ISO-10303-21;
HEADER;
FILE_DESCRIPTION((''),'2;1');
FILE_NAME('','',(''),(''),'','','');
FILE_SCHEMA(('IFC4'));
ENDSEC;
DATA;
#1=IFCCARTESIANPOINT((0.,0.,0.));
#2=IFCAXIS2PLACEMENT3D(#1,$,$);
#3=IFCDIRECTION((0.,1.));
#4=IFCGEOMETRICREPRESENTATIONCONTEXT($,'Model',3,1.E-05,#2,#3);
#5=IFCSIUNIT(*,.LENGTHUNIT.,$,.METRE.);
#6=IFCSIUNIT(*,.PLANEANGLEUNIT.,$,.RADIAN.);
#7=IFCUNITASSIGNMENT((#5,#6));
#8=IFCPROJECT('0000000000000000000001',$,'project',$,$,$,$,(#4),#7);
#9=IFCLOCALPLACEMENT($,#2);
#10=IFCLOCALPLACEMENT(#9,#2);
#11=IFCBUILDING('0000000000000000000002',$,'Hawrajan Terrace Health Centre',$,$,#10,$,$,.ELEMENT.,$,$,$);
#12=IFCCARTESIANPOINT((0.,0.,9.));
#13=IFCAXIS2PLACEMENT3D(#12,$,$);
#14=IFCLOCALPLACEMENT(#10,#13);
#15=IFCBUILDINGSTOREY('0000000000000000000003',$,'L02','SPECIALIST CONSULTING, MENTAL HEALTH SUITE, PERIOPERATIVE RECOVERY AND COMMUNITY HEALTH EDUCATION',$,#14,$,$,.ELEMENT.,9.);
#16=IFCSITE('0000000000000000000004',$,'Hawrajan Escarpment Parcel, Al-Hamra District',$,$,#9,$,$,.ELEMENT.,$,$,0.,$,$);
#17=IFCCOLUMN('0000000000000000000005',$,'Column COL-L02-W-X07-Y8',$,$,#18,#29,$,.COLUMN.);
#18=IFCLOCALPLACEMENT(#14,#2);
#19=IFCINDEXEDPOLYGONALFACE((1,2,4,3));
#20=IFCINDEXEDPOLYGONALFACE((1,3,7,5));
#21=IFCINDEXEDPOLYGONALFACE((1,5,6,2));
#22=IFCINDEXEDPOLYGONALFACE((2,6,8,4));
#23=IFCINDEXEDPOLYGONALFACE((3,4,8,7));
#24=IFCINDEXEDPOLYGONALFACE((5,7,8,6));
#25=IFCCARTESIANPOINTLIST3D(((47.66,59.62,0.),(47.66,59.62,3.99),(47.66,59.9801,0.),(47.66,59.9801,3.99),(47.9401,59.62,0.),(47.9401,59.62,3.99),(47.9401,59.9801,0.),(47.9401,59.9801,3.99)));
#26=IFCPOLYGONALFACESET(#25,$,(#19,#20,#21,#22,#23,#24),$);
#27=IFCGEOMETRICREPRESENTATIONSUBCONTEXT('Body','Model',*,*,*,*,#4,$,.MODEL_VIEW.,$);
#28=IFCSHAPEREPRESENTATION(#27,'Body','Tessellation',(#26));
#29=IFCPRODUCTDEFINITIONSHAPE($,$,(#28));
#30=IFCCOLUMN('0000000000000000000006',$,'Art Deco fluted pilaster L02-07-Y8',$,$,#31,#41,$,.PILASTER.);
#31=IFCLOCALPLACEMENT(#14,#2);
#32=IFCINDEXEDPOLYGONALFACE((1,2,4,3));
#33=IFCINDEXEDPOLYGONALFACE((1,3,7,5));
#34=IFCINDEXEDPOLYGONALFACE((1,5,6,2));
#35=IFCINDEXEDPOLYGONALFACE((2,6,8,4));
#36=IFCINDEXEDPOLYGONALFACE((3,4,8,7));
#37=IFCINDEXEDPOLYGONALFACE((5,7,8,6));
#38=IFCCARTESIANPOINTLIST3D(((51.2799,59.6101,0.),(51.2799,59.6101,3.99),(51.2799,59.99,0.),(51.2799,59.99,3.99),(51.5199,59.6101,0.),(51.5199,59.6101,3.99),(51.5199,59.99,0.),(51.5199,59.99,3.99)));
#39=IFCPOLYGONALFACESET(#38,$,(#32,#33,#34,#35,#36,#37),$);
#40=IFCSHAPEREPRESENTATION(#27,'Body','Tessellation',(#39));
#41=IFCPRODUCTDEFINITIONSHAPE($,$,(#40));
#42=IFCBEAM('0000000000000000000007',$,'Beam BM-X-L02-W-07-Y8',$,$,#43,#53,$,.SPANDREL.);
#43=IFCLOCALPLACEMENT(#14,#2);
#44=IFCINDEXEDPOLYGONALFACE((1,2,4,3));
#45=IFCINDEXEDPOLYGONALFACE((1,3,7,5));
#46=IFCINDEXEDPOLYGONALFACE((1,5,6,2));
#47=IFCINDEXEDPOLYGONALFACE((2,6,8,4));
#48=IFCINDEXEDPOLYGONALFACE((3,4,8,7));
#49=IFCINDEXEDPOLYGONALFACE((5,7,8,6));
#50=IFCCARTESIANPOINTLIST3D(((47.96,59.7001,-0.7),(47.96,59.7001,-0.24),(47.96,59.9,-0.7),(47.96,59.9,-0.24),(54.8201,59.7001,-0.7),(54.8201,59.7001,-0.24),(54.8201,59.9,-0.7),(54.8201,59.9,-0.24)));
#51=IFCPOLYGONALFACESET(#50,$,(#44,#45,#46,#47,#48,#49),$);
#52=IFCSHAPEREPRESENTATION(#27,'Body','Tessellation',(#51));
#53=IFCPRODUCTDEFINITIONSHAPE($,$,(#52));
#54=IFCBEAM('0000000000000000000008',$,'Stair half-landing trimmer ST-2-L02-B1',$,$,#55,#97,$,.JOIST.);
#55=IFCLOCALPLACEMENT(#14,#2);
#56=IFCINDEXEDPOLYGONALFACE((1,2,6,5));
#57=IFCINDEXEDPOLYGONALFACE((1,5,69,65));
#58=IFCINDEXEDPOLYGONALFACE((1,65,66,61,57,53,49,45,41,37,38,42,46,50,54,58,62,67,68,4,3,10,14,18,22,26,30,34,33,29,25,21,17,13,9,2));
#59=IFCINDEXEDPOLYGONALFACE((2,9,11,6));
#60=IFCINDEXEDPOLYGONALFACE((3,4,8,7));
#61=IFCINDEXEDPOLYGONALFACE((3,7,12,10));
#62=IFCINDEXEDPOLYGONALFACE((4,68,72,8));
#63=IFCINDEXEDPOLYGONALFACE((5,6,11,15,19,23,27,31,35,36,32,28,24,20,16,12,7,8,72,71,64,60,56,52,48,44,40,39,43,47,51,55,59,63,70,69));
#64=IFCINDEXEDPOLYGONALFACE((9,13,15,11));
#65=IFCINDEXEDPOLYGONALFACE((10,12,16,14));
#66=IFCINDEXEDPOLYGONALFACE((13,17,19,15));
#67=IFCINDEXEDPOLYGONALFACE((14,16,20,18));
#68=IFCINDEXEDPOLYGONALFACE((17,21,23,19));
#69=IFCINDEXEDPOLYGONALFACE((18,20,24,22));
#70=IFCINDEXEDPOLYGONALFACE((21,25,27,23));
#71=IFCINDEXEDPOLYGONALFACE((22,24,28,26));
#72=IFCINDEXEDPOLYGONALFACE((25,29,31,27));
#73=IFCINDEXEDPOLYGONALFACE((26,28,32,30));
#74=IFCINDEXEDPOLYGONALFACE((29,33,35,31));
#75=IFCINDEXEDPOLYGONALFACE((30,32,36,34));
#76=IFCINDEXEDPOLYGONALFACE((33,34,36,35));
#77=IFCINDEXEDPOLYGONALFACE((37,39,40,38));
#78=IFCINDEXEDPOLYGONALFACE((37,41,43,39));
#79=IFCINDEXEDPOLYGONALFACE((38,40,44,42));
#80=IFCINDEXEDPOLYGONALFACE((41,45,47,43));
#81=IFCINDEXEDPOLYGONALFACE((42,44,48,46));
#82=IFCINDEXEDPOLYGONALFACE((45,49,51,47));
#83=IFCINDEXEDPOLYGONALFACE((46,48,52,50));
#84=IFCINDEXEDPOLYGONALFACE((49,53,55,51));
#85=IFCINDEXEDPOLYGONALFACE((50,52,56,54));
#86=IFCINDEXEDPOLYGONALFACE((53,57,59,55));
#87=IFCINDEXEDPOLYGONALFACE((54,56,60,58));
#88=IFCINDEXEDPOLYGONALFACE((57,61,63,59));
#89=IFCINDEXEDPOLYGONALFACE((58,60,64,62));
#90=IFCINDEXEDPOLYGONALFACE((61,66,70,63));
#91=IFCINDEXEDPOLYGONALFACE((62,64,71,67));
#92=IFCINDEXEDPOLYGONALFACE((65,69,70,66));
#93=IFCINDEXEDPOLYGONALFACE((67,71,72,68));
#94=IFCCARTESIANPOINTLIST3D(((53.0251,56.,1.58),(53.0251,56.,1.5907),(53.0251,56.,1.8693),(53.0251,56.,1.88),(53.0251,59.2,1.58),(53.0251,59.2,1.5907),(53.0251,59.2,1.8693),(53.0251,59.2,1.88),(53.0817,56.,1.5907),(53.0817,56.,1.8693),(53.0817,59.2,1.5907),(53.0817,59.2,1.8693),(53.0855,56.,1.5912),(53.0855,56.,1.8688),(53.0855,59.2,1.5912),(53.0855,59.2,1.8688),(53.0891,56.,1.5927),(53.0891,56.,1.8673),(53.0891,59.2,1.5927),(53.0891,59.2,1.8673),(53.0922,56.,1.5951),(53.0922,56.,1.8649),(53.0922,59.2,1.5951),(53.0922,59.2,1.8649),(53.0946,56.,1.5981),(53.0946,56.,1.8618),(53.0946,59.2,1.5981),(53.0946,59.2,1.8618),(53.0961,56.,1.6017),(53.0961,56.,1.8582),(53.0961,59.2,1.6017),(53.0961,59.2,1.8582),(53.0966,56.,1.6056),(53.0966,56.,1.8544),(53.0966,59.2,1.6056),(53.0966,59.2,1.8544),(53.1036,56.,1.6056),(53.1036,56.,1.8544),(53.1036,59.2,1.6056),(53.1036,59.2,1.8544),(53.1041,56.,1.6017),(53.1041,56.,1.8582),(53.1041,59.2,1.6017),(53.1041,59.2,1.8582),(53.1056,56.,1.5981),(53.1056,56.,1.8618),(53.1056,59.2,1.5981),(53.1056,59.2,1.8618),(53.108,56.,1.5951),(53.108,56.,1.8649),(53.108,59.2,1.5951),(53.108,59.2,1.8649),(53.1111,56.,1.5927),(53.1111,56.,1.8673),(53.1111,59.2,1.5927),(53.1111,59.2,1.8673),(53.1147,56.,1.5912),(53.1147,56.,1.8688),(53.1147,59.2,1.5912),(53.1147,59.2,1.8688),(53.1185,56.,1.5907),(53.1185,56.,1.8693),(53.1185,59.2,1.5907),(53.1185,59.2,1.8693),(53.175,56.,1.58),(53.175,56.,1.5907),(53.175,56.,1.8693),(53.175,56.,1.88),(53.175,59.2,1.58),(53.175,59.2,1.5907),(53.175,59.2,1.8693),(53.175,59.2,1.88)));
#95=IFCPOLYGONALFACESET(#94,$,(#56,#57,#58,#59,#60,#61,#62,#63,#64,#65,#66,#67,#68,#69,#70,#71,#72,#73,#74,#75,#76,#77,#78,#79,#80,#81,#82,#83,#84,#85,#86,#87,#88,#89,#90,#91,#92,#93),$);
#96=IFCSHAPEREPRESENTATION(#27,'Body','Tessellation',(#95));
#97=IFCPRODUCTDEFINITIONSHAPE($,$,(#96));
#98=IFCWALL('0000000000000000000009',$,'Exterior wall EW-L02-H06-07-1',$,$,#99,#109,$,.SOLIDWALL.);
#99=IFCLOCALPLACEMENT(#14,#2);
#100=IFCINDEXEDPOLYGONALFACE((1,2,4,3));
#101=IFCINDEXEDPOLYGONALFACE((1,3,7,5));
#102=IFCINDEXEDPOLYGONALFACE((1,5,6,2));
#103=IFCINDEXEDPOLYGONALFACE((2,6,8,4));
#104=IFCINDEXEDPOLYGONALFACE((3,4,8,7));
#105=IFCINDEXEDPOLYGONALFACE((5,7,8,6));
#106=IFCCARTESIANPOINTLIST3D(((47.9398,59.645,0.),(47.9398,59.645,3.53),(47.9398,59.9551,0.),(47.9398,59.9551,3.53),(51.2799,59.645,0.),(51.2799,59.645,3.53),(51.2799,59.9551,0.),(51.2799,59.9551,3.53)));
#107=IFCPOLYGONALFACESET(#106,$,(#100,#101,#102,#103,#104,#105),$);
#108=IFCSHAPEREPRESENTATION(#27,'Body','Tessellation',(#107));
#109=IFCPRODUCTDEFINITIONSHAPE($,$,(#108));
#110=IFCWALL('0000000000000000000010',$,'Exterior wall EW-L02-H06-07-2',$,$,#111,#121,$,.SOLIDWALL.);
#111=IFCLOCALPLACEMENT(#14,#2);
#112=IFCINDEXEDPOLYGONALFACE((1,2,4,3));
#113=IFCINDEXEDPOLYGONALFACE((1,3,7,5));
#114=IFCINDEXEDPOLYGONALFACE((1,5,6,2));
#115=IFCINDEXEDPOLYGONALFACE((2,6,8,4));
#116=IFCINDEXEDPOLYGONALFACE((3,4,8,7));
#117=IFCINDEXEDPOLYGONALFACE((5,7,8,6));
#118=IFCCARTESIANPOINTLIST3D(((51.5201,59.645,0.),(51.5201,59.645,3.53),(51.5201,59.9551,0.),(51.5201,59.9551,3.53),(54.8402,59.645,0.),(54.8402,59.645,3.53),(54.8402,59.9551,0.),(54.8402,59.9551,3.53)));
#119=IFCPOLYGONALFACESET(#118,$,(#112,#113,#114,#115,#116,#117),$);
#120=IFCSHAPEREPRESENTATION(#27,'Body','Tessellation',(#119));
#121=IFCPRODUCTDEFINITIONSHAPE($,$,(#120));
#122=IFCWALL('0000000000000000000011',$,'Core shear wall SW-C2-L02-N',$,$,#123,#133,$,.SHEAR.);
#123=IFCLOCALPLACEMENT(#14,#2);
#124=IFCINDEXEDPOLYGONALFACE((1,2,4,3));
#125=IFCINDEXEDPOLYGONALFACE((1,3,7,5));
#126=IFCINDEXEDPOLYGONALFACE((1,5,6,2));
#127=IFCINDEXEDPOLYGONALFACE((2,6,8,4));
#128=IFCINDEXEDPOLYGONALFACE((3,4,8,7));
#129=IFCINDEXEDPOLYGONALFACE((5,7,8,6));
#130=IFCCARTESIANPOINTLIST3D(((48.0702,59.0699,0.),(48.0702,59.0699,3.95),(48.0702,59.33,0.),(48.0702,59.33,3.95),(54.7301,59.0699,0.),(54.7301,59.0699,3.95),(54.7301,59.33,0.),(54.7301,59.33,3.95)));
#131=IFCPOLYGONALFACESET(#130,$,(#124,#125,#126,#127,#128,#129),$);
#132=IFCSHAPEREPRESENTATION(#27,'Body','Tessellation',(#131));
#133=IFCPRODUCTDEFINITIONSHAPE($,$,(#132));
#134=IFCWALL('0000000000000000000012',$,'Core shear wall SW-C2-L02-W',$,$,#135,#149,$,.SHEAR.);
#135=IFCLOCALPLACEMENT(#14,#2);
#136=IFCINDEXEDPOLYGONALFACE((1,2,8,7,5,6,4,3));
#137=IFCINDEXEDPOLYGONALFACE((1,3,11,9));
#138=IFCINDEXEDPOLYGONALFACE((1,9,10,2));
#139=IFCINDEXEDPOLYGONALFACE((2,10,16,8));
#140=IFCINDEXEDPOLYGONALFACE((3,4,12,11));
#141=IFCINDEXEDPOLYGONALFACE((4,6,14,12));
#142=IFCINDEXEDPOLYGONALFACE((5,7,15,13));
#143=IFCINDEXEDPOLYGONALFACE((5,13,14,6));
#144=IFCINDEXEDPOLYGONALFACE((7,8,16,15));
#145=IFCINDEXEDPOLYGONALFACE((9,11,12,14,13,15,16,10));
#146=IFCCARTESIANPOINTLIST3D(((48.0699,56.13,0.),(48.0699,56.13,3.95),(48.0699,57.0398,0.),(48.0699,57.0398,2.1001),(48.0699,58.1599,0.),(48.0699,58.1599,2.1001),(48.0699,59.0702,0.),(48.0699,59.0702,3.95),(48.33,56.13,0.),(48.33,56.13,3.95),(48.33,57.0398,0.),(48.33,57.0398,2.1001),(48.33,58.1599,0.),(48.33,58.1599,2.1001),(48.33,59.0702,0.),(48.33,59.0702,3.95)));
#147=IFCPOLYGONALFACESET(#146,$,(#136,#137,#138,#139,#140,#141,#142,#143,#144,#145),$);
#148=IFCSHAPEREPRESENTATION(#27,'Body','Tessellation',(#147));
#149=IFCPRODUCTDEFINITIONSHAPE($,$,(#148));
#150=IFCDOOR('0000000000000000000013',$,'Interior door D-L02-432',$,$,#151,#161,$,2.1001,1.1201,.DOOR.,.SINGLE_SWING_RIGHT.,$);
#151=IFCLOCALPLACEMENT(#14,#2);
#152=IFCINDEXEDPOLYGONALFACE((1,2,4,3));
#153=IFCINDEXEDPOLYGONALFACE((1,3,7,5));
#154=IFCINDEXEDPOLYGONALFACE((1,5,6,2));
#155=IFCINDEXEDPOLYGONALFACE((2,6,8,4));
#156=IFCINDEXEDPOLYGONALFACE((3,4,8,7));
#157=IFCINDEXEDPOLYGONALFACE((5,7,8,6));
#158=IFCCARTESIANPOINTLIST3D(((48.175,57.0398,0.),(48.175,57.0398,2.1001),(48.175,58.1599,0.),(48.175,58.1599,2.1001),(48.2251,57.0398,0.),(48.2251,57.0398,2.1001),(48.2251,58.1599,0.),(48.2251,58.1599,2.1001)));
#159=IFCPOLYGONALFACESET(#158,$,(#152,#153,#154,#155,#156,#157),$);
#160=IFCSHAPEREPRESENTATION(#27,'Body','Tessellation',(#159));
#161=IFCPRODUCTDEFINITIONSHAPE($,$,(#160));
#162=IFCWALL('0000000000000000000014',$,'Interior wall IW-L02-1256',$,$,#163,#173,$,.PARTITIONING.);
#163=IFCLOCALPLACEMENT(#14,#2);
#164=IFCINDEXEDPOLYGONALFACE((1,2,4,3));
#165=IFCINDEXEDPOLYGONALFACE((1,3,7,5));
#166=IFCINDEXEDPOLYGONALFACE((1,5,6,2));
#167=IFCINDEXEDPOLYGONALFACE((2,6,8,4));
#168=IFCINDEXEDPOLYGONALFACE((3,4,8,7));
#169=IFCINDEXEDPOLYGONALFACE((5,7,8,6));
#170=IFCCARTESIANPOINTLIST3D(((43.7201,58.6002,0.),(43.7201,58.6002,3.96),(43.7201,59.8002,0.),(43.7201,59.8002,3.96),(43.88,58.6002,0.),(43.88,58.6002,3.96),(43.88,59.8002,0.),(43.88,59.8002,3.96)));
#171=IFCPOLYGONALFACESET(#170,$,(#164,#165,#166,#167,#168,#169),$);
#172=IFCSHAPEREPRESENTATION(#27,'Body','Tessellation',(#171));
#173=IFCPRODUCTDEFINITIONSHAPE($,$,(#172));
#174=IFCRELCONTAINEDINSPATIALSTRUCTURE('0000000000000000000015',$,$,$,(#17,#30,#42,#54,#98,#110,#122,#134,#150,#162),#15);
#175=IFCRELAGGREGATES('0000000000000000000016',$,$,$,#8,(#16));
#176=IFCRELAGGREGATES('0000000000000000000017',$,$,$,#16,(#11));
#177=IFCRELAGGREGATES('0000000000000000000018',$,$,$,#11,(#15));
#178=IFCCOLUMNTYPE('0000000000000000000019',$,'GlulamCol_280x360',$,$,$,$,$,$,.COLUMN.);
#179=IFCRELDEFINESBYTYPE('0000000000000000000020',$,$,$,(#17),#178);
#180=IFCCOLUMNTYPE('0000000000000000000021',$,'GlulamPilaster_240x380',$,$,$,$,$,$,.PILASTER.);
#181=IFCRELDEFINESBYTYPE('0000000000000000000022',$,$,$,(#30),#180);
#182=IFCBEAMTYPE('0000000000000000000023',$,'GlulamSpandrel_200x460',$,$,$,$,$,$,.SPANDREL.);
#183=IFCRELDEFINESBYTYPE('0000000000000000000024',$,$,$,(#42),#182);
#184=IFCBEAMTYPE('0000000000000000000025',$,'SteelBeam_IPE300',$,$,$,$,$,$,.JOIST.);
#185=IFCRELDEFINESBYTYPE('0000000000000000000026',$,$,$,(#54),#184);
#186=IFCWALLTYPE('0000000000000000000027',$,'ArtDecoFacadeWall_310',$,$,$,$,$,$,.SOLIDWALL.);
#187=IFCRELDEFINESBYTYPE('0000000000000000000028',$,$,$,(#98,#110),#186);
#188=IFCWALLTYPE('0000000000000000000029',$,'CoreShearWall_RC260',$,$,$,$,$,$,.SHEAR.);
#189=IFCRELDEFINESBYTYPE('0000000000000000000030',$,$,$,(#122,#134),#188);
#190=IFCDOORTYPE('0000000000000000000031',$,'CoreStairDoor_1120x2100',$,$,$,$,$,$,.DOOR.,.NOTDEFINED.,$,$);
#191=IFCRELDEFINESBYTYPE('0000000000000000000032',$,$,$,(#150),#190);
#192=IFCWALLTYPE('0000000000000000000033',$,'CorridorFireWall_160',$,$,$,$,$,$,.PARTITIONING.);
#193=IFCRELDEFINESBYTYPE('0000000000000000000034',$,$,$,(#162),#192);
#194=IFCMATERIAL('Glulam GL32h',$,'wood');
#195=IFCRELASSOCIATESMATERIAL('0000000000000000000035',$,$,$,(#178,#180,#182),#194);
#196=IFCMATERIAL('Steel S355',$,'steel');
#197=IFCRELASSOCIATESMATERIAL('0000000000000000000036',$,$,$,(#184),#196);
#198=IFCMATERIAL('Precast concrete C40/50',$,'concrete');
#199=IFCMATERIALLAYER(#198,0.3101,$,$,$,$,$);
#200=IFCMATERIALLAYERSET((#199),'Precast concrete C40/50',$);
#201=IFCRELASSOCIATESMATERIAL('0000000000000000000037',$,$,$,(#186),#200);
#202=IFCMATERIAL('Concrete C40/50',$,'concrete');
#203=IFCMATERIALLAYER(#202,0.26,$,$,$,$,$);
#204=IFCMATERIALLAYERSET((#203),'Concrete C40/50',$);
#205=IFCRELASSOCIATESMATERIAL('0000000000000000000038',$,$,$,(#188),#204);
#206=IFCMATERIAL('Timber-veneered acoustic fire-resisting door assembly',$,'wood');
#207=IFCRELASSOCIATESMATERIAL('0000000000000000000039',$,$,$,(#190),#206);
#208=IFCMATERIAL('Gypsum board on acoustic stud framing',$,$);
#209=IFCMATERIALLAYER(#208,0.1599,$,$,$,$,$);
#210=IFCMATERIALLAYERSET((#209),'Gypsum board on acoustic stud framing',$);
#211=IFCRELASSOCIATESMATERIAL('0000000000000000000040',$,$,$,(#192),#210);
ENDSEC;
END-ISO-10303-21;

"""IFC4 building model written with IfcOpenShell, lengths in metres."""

from ifc_helpers import new_model, si_unit, direction, frame, frame_2d, origin, origin_2d, place, context, subcontext, project, spatial, rectangle, i_section, extrude, material, layer, layer_set, material_profile, profile_set, type_object, element, fill, save


model = new_model("IFC4")

# Units and contexts
model_context = context("Model", 3, precision=1e-05, world=origin(), true_north=direction((0.0, 1.0)))
body_context = subcontext(model_context, "Body", "Model", "MODEL_VIEW")
ifc_project = project(units=[si_unit("LENGTHUNIT", "METRE"), si_unit("PLANEANGLEUNIT", "RADIAN")], contexts=[model_context])

# Site, building, storey
site_placement = place(None, origin())
site = spatial("IfcSite", under=ifc_project, at=site_placement, Name="Hawrajan Escarpment Parcel, Al-Hamra District", CompositionType="ELEMENT", RefElevation=0.0)
building_placement = place(site_placement, origin())
building = spatial("IfcBuilding", under=site, at=building_placement, Name="Hawrajan Terrace Health Centre", CompositionType="ELEMENT")
storey_placement = place(building_placement, frame((0.0, 0.0, 9.0)))
storey = spatial("IfcBuildingStorey", under=building, at=storey_placement, Name="L02", Description="SPECIALIST CONSULTING, MENTAL HEALTH SUITE, PERIOPERATIVE RECOVERY AND COMMUNITY HEALTH EDUCATION", CompositionType="ELEMENT", Elevation=9.0)

# Columns
ifc_material_1 = material(Name="Glulam GL32h", Category="wood")
ifc_material_profile_1 = material_profile(ifc_material_1, rectangle(XDim=0.28, YDim=0.3601, at=origin_2d()), Name="GL 280x360")
ifc_profile_set_1 = profile_set([ifc_material_profile_1], Name="Glulam GL32h")
column_type_1 = type_object("IfcColumnType", Name="GlulamCol_280x360", PredefinedType="COLUMN", material=ifc_profile_set_1)
column_1_placement = place(storey_placement, frame((47.8, 59.8, 0.0), z_axis=(0.0, 0.0, 1.0), x_axis=(1.0, 0.0, 0.0)))
element("IfcColumn", 1, at=column_1_placement, inside=storey, type_object=column_type_1, Name="Column COL-L02-W-X07-Y8", PredefinedType="COLUMN", context=body_context, shape_type="SweptSolid", body=[
    extrude(rectangle(XDim=0.28, YDim=0.3601, at=origin_2d()), origin(), (0.0, 0.0, 1.0), 3.99),
])
ifc_material_profile_2 = material_profile(ifc_material_1, rectangle(XDim=0.24, YDim=0.3799, at=origin_2d()), Name="GL PIL 240x380")
ifc_profile_set_2 = profile_set([ifc_material_profile_2], Name="Glulam GL32h")
column_type_2 = type_object("IfcColumnType", Name="GlulamPilaster_240x380", PredefinedType="PILASTER", material=ifc_profile_set_2)
column_2_placement = place(storey_placement, frame((51.3999, 59.8, 0.0), z_axis=(0.0, 0.0, 1.0), x_axis=(1.0, 0.0, 0.0)))
element("IfcColumn", 2, at=column_2_placement, inside=storey, type_object=column_type_2, Name="Art Deco fluted pilaster L02-07-Y8", PredefinedType="PILASTER", context=body_context, shape_type="SweptSolid", body=[
    extrude(rectangle(XDim=0.24, YDim=0.3799, at=origin_2d()), origin(), (0.0, 0.0, 1.0), 3.99),
])

# Beams
ifc_material_profile_3 = material_profile(ifc_material_1, rectangle(XDim=0.2, YDim=0.46, at=origin_2d()), Name="GL SP 200x460")
ifc_profile_set_3 = profile_set([ifc_material_profile_3], Name="Glulam GL32h")
beam_type_1 = type_object("IfcBeamType", Name="GlulamSpandrel_200x460", PredefinedType="SPANDREL", material=ifc_profile_set_3)
beam_1_placement = place(storey_placement, frame((47.96, 59.8, -0.47), z_axis=(1.0, 0.0, 0.0), x_axis=(0.0, 1.0, 0.0)))
element("IfcBeam", 3, at=beam_1_placement, inside=storey, type_object=beam_type_1, Name="Beam BM-X-L02-W-07-Y8", PredefinedType="SPANDREL", context=body_context, shape_type="SweptSolid", body=[
    extrude(rectangle(XDim=0.2, YDim=0.46, at=origin_2d()), origin(), (0.0, 0.0, 1.0), 6.8601),
])
ifc_material_2 = material(Name="Steel S355", Category="steel")
ifc_material_profile_4 = material_profile(ifc_material_2, i_section(OverallWidth=0.1499, OverallDepth=0.3, WebThickness=0.0071, FlangeThickness=0.0107, FilletRadius=0.0149, at=origin_2d()), Name="IPE 300")
ifc_profile_set_4 = profile_set([ifc_material_profile_4], Name="Steel S355")
beam_type_2 = type_object("IfcBeamType", Name="SteelBeam_IPE300", PredefinedType="JOIST", material=ifc_profile_set_4)
beam_2_placement = place(storey_placement, frame((53.1001, 56.0, 1.73), z_axis=(0.0, 1.0, 0.0), x_axis=(-1.0, 0.0, 0.0)))
element("IfcBeam", 4, at=beam_2_placement, inside=storey, type_object=beam_type_2, Name="Stair half-landing trimmer ST-2-L02-B1", PredefinedType="JOIST", context=body_context, shape_type="SweptSolid", body=[
    extrude(i_section(OverallWidth=0.1499, OverallDepth=0.3, WebThickness=0.0071, FlangeThickness=0.0107, FilletRadius=0.0149, at=origin_2d()), origin(), (0.0, 0.0, 1.0), 3.2),
])

# Walls
ifc_material_3 = material(Name="Precast concrete C40/50", Category="concrete")
ifc_layer_1 = layer(ifc_material_3, 0.3101)
ifc_layer_set_1 = layer_set([ifc_layer_1], Name="Precast concrete C40/50")
wall_type_1 = type_object("IfcWallType", Name="ArtDecoFacadeWall_310", PredefinedType="SOLIDWALL", material=ifc_layer_set_1)
wall_1_placement = place(storey_placement, frame((47.9399, 59.8, 0.0), z_axis=(0.0, 0.0, 1.0), x_axis=(1.0, 0.0, 0.0)))
element("IfcWall", 5, at=wall_1_placement, inside=storey, type_object=wall_type_1, Name="Exterior wall EW-L02-H06-07-1", PredefinedType="SOLIDWALL", context=body_context, shape_type="SweptSolid", body=[
    extrude(rectangle(XDim=3.3401, YDim=0.3101, at=frame_2d((1.6699, 0.0))), origin(), (0.0, 0.0, 1.0), 3.53),
])
wall_2_placement = place(storey_placement, frame((51.52, 59.8, 0.0), z_axis=(0.0, 0.0, 1.0), x_axis=(1.0, 0.0, 0.0)))
element("IfcWall", 6, at=wall_2_placement, inside=storey, type_object=wall_type_1, Name="Exterior wall EW-L02-H06-07-2", PredefinedType="SOLIDWALL", context=body_context, shape_type="SweptSolid", body=[
    extrude(rectangle(XDim=3.3201, YDim=0.3101, at=frame_2d((1.6602, 0.0))), origin(), (0.0, 0.0, 1.0), 3.53),
])
ifc_material_4 = material(Name="Concrete C40/50", Category="concrete")
ifc_layer_2 = layer(ifc_material_4, 0.26)
ifc_layer_set_2 = layer_set([ifc_layer_2], Name="Concrete C40/50")
wall_type_2 = type_object("IfcWallType", Name="CoreShearWall_RC260", PredefinedType="SHEAR", material=ifc_layer_set_2)
wall_3_placement = place(storey_placement, frame((48.0701, 59.2, 0.0), z_axis=(0.0, 0.0, 1.0), x_axis=(1.0, 0.0, 0.0)))
element("IfcWall", 7, at=wall_3_placement, inside=storey, type_object=wall_type_2, Name="Core shear wall SW-C2-L02-N", PredefinedType="SHEAR", context=body_context, shape_type="SweptSolid", body=[
    extrude(rectangle(XDim=6.6599, YDim=0.26, at=frame_2d((3.3301, 0.0))), origin(), (0.0, 0.0, 1.0), 3.95),
])

# Wall, opening, door
wall_4_placement = place(storey_placement, frame((48.2, 56.1299, 0.0), z_axis=(0.0, 0.0, 1.0), x_axis=(0.0, 1.0, 0.0)))
wall_4 = element("IfcWall", 8, at=wall_4_placement, inside=storey, type_object=wall_type_2, Name="Core shear wall SW-C2-L02-W", PredefinedType="SHEAR", context=body_context, shape_type="SweptSolid", body=[
    extrude(rectangle(XDim=2.9402, YDim=0.26, at=frame_2d((1.4702, 0.0))), origin(), (0.0, 0.0, 1.0), 3.95),
])
opening_placement = place(wall_4_placement, frame((0.9099, 0.0, 0.0)))
opening = element("IfcOpeningElement", 9, at=opening_placement, cuts=wall_4, PredefinedType="OPENING", context=body_context, shape_type="SweptSolid", body=[
    extrude(rectangle(XDim=1.1201, YDim=2.1001, at=frame_2d((0.5601, 1.05))), frame((0.0, 0.1399, 0.0), z_axis=(0.0, -1.0, 0.0), x_axis=(1.0, 0.0, 0.0)), (0.0, 0.0, 1.0), 0.28),
])
ifc_material_5 = material(Name="Timber-veneered acoustic fire-resisting door assembly", Category="wood")
door_type = type_object("IfcDoorType", Name="CoreStairDoor_1120x2100", OperationType="NOTDEFINED", PredefinedType="DOOR", material=ifc_material_5)
door_placement = place(opening_placement, origin())
door = element("IfcDoor", 10, at=door_placement, inside=storey, type_object=door_type, Name="Interior door D-L02-432", OperationType="SINGLE_SWING_RIGHT", OverallHeight=2.1001, OverallWidth=1.1201, PredefinedType="DOOR", context=body_context, shape_type="SweptSolid", body=[
    extrude(rectangle(XDim=1.1201, YDim=2.1001, at=frame_2d((0.5601, 1.05))), frame((0.0, 0.0249, 0.0), z_axis=(0.0, -1.0, 0.0), x_axis=(1.0, 0.0, 0.0)), (0.0, 0.0, 1.0), 0.05),
])
fill(opening, door)

# Wall
ifc_material_6 = material(Name="Gypsum board on acoustic stud framing")
ifc_layer_3 = layer(ifc_material_6, 0.1599)
ifc_layer_set_3 = layer_set([ifc_layer_3], Name="Gypsum board on acoustic stud framing")
wall_type_3 = type_object("IfcWallType", Name="CorridorFireWall_160", PredefinedType="PARTITIONING", material=ifc_layer_set_3)
wall_5_placement = place(storey_placement, frame((43.8, 58.6001, 0.0), z_axis=(0.0, 0.0, 1.0), x_axis=(0.0, 1.0, 0.0)))
element("IfcWall", 11, at=wall_5_placement, inside=storey, type_object=wall_type_3, Name="Interior wall IW-L02-1256", PredefinedType="PARTITIONING", context=body_context, shape_type="SweptSolid", body=[
    extrude(rectangle(XDim=1.2, YDim=0.1599, at=frame_2d((0.6001, 0.0))), origin(), (0.0, 0.0, 1.0), 3.96),
])

save(model, "model.ifc")
